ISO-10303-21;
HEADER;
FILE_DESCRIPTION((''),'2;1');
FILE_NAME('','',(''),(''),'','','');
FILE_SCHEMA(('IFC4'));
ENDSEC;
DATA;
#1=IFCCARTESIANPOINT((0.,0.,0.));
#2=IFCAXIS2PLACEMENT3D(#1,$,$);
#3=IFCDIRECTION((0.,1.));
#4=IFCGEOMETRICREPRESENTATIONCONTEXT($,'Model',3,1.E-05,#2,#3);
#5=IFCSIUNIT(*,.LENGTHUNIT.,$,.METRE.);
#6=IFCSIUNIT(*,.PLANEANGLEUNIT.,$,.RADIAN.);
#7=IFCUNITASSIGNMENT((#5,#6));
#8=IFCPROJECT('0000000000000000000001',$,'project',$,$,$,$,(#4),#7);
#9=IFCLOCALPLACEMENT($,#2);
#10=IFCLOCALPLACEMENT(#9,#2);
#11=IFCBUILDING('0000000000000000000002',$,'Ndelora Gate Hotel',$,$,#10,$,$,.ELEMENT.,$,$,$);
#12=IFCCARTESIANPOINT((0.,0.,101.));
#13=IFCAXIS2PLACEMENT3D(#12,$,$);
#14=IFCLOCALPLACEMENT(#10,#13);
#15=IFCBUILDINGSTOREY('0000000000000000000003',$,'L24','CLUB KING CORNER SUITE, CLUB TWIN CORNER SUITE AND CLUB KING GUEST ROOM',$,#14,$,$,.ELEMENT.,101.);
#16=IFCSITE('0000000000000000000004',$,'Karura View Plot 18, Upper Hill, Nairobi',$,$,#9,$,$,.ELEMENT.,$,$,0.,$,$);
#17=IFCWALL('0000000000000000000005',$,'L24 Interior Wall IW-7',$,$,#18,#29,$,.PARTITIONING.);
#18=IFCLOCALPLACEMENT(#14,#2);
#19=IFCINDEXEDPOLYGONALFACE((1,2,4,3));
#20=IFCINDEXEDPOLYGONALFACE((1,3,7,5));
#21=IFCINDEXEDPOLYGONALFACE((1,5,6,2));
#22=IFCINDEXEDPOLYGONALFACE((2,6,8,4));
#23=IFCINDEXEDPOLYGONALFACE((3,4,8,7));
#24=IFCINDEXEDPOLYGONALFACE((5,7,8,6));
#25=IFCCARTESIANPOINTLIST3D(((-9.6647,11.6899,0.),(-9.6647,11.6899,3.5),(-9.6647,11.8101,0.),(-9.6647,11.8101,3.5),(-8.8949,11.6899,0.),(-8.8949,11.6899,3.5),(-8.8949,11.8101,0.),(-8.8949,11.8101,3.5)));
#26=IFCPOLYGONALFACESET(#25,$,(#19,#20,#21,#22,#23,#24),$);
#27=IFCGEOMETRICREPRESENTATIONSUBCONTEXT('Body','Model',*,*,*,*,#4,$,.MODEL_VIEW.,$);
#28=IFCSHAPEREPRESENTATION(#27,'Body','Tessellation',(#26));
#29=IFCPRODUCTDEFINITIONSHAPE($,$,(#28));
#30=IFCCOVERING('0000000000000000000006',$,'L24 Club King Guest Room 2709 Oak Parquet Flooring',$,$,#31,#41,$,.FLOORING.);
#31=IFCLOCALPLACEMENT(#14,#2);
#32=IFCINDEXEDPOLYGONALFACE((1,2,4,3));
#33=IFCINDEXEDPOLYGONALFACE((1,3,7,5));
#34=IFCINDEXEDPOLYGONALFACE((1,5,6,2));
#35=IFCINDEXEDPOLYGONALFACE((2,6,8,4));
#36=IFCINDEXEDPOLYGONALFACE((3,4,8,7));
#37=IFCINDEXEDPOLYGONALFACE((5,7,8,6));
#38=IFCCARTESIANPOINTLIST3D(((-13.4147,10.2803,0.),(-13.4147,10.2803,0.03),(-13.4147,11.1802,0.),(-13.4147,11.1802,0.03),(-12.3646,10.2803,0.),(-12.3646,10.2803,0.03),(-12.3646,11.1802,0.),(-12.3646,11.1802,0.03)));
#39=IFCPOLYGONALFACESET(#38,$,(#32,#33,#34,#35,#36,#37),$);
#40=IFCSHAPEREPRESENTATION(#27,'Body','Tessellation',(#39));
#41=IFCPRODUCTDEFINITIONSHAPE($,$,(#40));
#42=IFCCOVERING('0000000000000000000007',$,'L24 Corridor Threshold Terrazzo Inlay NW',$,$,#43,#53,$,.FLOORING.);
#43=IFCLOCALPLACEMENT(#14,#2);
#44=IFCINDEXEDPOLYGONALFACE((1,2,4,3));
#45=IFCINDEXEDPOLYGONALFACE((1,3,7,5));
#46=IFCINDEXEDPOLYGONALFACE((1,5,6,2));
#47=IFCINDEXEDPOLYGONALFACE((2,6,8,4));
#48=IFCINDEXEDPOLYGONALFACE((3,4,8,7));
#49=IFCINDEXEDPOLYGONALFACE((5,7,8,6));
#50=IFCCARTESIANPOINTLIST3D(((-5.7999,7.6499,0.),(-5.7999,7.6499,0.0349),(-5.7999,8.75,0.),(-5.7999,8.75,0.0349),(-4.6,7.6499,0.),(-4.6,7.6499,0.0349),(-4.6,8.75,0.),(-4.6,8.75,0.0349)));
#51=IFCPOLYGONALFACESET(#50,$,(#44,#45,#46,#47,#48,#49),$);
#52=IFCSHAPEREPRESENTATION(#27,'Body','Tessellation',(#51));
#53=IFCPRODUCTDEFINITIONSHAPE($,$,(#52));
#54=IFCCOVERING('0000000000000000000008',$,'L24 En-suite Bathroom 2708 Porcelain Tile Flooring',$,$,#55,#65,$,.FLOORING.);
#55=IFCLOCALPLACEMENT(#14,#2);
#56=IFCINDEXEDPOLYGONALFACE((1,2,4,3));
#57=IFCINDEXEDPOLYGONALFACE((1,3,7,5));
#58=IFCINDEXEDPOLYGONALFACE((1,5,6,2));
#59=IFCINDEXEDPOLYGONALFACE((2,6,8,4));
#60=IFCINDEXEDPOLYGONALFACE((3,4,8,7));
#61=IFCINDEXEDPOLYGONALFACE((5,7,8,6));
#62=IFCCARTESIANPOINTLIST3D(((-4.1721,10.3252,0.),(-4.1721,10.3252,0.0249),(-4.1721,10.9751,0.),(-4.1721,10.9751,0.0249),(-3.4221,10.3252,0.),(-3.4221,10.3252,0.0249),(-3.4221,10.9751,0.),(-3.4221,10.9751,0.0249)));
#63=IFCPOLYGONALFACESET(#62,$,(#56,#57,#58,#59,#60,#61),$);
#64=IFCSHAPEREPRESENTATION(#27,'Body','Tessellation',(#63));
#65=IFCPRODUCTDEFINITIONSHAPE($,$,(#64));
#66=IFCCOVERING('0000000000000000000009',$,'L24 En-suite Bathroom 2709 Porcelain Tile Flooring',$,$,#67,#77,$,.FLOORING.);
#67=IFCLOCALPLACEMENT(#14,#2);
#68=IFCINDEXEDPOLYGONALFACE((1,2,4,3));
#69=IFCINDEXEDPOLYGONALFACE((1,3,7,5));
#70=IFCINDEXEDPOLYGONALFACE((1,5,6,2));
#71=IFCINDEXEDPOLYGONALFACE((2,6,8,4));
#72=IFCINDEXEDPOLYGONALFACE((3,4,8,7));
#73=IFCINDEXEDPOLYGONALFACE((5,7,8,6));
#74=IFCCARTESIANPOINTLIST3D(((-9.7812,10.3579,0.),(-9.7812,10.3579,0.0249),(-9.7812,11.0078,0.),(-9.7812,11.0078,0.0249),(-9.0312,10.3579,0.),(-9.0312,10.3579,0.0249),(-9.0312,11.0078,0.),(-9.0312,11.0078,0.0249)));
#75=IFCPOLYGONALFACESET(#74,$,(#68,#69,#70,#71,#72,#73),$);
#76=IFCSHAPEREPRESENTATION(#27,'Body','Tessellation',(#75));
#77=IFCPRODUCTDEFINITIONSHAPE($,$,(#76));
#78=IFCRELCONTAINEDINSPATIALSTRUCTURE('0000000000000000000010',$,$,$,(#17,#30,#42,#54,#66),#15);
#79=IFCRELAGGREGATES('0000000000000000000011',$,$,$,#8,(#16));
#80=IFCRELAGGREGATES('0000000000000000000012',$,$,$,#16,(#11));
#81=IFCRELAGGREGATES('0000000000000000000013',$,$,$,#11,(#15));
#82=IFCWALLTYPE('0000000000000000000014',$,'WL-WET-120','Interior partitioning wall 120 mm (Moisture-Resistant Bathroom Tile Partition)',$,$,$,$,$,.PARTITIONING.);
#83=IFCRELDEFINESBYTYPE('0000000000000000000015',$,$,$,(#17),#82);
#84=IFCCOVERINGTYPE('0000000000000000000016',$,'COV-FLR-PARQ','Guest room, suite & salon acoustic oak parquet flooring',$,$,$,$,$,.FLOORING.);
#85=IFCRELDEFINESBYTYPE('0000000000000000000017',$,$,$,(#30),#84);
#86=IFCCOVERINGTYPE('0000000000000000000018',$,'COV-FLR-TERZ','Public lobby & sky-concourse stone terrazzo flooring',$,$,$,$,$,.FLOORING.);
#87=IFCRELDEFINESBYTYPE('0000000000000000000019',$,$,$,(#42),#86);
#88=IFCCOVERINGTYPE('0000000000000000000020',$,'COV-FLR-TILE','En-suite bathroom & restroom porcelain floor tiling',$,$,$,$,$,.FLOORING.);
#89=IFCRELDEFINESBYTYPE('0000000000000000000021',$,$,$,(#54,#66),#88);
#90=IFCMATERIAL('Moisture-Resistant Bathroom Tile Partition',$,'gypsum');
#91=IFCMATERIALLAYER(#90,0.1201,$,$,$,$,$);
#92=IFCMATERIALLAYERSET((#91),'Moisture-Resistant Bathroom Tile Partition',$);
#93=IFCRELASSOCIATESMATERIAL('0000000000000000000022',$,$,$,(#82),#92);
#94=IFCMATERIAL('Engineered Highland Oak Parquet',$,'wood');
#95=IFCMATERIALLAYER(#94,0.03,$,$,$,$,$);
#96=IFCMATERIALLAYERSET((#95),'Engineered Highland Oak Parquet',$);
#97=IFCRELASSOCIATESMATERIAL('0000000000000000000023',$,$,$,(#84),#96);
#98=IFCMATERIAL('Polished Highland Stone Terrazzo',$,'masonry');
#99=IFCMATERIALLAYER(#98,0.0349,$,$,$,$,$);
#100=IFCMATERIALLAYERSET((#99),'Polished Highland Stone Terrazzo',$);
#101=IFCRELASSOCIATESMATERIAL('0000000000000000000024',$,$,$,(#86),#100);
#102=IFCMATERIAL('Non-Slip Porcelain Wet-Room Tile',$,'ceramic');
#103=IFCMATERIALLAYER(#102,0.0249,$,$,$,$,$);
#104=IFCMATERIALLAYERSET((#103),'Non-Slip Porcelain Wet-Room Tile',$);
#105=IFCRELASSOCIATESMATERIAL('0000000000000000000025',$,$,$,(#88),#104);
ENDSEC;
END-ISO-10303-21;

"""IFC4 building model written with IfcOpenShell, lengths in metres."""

from ifc_helpers import new_model, si_unit, direction, frame, frame_2d, origin, origin_2d, place, context, subcontext, project, spatial, rectangle, extrude, material, layer, layer_set, type_object, element, save


model = new_model("IFC4")

# Units and contexts
model_context = context("Model", 3, precision=1e-05, world=origin(), true_north=direction((0.0, 1.0)))
body_context = subcontext(model_context, "Body", "Model", "MODEL_VIEW")
ifc_project = project(units=[si_unit("LENGTHUNIT", "METRE"), si_unit("PLANEANGLEUNIT", "RADIAN")], contexts=[model_context])

# Site, building, storey
site_placement = place(None, origin())
site = spatial("IfcSite", under=ifc_project, at=site_placement, Name="Karura View Plot 18, Upper Hill, Nairobi", CompositionType="ELEMENT", RefElevation=0.0)
building_placement = place(site_placement, origin())
building = spatial("IfcBuilding", under=site, at=building_placement, Name="Ndelora Gate Hotel", CompositionType="ELEMENT")
storey_placement = place(building_placement, frame((0.0, 0.0, 101.0)))
storey = spatial("IfcBuildingStorey", under=building, at=storey_placement, Name="L24", Description="CLUB KING CORNER SUITE, CLUB TWIN CORNER SUITE AND CLUB KING GUEST ROOM", CompositionType="ELEMENT", Elevation=101.0)

# Shared definitions
ifc_material_1 = material(Name="Moisture-Resistant Bathroom Tile Partition", Category="gypsum")
ifc_layer_1 = layer(ifc_material_1, 0.1201)
ifc_layer_set_1 = layer_set([ifc_layer_1], Name="Moisture-Resistant Bathroom Tile Partition")
wall_type_1 = type_object("IfcWallType", Name="WL-WET-120", Description="Interior partitioning wall 120 mm (Moisture-Resistant Bathroom Tile Partition)", PredefinedType="PARTITIONING", material=ifc_layer_set_1)

# Wall
wall_1_placement = place(storey_placement, frame((-8.895, 11.75, 0.0), z_axis=(0.0, 0.0, 1.0), x_axis=(-1.0, 0.0, 0.0)))
element("IfcWall", 1, at=wall_1_placement, inside=storey, type_object=wall_type_1, Name="L24 Interior Wall IW-7", PredefinedType="PARTITIONING", context=body_context, shape_type="SweptSolid", body=[
    extrude(rectangle(XDim=0.7698, YDim=0.1201, at=frame_2d((0.3848, 0.0))), origin(), (0.0, 0.0, 1.0), 3.5),
])

# Coverings
ifc_material_2 = material(Name="Engineered Highland Oak Parquet", Category="wood")
ifc_layer_2 = layer(ifc_material_2, 0.03)
ifc_layer_set_2 = layer_set([ifc_layer_2], Name="Engineered Highland Oak Parquet")
covering_type_1 = type_object("IfcCoveringType", Name="COV-FLR-PARQ", Description="Guest room, suite & salon acoustic oak parquet flooring", PredefinedType="FLOORING", material=ifc_layer_set_2)
covering_1_placement = place(storey_placement, frame((-12.8896, 10.7302, 0.0), z_axis=(0.0, 0.0, 1.0), x_axis=(1.0, 0.0, 0.0)))
element("IfcCovering", 2, at=covering_1_placement, inside=storey, type_object=covering_type_1, Name="L24 Club King Guest Room 2709 Oak Parquet Flooring", PredefinedType="FLOORING", context=body_context, shape_type="SweptSolid", body=[
    extrude(rectangle(XDim=1.05, YDim=0.8999, at=origin_2d()), origin(), (0.0, 0.0, 1.0), 0.03),
])
ifc_material_3 = material(Name="Polished Highland Stone Terrazzo", Category="masonry")
ifc_layer_3 = layer(ifc_material_3, 0.0349)
ifc_layer_set_3 = layer_set([ifc_layer_3], Name="Polished Highland Stone Terrazzo")
covering_type_2 = type_object("IfcCoveringType", Name="COV-FLR-TERZ", Description="Public lobby & sky-concourse stone terrazzo flooring", PredefinedType="FLOORING", material=ifc_layer_set_3)
covering_2_placement = place(storey_placement, frame((-5.2, 8.2, 0.0), z_axis=(0.0, 0.0, 1.0), x_axis=(1.0, 0.0, 0.0)))
element("IfcCovering", 3, at=covering_2_placement, inside=storey, type_object=covering_type_2, Name="L24 Corridor Threshold Terrazzo Inlay NW", PredefinedType="FLOORING", context=body_context, shape_type="SweptSolid", body=[
    extrude(rectangle(XDim=1.2, YDim=1.1001, at=origin_2d()), origin(), (0.0, 0.0, 1.0), 0.0349),
])
ifc_material_4 = material(Name="Non-Slip Porcelain Wet-Room Tile", Category="ceramic")
ifc_layer_4 = layer(ifc_material_4, 0.0249)
ifc_layer_set_4 = layer_set([ifc_layer_4], Name="Non-Slip Porcelain Wet-Room Tile")
covering_type_3 = type_object("IfcCoveringType", Name="COV-FLR-TILE", Description="En-suite bathroom & restroom porcelain floor tiling", PredefinedType="FLOORING", material=ifc_layer_set_4)
for number, where, z_axis, x_axis, name in (
    (4, (-3.7971, 10.6501, 0.0), (0.0, 0.0, 1.0), (1.0, 0.0, 0.0), "L24 En-suite Bathroom 2708 Porcelain Tile Flooring"),
    (5, (-9.4062, 10.6829, 0.0), (0.0, 0.0, 1.0), (1.0, 0.0, 0.0), "L24 En-suite Bathroom 2709 Porcelain Tile Flooring"),
):
    element("IfcCovering", number, at=place(storey_placement, frame(where, z_axis=z_axis, x_axis=x_axis)), inside=storey, type_object=covering_type_3, Name=name, PredefinedType="FLOORING", context=body_context, shape_type="SweptSolid", body=[
        extrude(rectangle(XDim=0.75, YDim=0.6499, at=origin_2d()), origin(), (0.0, 0.0, 1.0), 0.0249),
    ])

save(model, "model.ifc")
